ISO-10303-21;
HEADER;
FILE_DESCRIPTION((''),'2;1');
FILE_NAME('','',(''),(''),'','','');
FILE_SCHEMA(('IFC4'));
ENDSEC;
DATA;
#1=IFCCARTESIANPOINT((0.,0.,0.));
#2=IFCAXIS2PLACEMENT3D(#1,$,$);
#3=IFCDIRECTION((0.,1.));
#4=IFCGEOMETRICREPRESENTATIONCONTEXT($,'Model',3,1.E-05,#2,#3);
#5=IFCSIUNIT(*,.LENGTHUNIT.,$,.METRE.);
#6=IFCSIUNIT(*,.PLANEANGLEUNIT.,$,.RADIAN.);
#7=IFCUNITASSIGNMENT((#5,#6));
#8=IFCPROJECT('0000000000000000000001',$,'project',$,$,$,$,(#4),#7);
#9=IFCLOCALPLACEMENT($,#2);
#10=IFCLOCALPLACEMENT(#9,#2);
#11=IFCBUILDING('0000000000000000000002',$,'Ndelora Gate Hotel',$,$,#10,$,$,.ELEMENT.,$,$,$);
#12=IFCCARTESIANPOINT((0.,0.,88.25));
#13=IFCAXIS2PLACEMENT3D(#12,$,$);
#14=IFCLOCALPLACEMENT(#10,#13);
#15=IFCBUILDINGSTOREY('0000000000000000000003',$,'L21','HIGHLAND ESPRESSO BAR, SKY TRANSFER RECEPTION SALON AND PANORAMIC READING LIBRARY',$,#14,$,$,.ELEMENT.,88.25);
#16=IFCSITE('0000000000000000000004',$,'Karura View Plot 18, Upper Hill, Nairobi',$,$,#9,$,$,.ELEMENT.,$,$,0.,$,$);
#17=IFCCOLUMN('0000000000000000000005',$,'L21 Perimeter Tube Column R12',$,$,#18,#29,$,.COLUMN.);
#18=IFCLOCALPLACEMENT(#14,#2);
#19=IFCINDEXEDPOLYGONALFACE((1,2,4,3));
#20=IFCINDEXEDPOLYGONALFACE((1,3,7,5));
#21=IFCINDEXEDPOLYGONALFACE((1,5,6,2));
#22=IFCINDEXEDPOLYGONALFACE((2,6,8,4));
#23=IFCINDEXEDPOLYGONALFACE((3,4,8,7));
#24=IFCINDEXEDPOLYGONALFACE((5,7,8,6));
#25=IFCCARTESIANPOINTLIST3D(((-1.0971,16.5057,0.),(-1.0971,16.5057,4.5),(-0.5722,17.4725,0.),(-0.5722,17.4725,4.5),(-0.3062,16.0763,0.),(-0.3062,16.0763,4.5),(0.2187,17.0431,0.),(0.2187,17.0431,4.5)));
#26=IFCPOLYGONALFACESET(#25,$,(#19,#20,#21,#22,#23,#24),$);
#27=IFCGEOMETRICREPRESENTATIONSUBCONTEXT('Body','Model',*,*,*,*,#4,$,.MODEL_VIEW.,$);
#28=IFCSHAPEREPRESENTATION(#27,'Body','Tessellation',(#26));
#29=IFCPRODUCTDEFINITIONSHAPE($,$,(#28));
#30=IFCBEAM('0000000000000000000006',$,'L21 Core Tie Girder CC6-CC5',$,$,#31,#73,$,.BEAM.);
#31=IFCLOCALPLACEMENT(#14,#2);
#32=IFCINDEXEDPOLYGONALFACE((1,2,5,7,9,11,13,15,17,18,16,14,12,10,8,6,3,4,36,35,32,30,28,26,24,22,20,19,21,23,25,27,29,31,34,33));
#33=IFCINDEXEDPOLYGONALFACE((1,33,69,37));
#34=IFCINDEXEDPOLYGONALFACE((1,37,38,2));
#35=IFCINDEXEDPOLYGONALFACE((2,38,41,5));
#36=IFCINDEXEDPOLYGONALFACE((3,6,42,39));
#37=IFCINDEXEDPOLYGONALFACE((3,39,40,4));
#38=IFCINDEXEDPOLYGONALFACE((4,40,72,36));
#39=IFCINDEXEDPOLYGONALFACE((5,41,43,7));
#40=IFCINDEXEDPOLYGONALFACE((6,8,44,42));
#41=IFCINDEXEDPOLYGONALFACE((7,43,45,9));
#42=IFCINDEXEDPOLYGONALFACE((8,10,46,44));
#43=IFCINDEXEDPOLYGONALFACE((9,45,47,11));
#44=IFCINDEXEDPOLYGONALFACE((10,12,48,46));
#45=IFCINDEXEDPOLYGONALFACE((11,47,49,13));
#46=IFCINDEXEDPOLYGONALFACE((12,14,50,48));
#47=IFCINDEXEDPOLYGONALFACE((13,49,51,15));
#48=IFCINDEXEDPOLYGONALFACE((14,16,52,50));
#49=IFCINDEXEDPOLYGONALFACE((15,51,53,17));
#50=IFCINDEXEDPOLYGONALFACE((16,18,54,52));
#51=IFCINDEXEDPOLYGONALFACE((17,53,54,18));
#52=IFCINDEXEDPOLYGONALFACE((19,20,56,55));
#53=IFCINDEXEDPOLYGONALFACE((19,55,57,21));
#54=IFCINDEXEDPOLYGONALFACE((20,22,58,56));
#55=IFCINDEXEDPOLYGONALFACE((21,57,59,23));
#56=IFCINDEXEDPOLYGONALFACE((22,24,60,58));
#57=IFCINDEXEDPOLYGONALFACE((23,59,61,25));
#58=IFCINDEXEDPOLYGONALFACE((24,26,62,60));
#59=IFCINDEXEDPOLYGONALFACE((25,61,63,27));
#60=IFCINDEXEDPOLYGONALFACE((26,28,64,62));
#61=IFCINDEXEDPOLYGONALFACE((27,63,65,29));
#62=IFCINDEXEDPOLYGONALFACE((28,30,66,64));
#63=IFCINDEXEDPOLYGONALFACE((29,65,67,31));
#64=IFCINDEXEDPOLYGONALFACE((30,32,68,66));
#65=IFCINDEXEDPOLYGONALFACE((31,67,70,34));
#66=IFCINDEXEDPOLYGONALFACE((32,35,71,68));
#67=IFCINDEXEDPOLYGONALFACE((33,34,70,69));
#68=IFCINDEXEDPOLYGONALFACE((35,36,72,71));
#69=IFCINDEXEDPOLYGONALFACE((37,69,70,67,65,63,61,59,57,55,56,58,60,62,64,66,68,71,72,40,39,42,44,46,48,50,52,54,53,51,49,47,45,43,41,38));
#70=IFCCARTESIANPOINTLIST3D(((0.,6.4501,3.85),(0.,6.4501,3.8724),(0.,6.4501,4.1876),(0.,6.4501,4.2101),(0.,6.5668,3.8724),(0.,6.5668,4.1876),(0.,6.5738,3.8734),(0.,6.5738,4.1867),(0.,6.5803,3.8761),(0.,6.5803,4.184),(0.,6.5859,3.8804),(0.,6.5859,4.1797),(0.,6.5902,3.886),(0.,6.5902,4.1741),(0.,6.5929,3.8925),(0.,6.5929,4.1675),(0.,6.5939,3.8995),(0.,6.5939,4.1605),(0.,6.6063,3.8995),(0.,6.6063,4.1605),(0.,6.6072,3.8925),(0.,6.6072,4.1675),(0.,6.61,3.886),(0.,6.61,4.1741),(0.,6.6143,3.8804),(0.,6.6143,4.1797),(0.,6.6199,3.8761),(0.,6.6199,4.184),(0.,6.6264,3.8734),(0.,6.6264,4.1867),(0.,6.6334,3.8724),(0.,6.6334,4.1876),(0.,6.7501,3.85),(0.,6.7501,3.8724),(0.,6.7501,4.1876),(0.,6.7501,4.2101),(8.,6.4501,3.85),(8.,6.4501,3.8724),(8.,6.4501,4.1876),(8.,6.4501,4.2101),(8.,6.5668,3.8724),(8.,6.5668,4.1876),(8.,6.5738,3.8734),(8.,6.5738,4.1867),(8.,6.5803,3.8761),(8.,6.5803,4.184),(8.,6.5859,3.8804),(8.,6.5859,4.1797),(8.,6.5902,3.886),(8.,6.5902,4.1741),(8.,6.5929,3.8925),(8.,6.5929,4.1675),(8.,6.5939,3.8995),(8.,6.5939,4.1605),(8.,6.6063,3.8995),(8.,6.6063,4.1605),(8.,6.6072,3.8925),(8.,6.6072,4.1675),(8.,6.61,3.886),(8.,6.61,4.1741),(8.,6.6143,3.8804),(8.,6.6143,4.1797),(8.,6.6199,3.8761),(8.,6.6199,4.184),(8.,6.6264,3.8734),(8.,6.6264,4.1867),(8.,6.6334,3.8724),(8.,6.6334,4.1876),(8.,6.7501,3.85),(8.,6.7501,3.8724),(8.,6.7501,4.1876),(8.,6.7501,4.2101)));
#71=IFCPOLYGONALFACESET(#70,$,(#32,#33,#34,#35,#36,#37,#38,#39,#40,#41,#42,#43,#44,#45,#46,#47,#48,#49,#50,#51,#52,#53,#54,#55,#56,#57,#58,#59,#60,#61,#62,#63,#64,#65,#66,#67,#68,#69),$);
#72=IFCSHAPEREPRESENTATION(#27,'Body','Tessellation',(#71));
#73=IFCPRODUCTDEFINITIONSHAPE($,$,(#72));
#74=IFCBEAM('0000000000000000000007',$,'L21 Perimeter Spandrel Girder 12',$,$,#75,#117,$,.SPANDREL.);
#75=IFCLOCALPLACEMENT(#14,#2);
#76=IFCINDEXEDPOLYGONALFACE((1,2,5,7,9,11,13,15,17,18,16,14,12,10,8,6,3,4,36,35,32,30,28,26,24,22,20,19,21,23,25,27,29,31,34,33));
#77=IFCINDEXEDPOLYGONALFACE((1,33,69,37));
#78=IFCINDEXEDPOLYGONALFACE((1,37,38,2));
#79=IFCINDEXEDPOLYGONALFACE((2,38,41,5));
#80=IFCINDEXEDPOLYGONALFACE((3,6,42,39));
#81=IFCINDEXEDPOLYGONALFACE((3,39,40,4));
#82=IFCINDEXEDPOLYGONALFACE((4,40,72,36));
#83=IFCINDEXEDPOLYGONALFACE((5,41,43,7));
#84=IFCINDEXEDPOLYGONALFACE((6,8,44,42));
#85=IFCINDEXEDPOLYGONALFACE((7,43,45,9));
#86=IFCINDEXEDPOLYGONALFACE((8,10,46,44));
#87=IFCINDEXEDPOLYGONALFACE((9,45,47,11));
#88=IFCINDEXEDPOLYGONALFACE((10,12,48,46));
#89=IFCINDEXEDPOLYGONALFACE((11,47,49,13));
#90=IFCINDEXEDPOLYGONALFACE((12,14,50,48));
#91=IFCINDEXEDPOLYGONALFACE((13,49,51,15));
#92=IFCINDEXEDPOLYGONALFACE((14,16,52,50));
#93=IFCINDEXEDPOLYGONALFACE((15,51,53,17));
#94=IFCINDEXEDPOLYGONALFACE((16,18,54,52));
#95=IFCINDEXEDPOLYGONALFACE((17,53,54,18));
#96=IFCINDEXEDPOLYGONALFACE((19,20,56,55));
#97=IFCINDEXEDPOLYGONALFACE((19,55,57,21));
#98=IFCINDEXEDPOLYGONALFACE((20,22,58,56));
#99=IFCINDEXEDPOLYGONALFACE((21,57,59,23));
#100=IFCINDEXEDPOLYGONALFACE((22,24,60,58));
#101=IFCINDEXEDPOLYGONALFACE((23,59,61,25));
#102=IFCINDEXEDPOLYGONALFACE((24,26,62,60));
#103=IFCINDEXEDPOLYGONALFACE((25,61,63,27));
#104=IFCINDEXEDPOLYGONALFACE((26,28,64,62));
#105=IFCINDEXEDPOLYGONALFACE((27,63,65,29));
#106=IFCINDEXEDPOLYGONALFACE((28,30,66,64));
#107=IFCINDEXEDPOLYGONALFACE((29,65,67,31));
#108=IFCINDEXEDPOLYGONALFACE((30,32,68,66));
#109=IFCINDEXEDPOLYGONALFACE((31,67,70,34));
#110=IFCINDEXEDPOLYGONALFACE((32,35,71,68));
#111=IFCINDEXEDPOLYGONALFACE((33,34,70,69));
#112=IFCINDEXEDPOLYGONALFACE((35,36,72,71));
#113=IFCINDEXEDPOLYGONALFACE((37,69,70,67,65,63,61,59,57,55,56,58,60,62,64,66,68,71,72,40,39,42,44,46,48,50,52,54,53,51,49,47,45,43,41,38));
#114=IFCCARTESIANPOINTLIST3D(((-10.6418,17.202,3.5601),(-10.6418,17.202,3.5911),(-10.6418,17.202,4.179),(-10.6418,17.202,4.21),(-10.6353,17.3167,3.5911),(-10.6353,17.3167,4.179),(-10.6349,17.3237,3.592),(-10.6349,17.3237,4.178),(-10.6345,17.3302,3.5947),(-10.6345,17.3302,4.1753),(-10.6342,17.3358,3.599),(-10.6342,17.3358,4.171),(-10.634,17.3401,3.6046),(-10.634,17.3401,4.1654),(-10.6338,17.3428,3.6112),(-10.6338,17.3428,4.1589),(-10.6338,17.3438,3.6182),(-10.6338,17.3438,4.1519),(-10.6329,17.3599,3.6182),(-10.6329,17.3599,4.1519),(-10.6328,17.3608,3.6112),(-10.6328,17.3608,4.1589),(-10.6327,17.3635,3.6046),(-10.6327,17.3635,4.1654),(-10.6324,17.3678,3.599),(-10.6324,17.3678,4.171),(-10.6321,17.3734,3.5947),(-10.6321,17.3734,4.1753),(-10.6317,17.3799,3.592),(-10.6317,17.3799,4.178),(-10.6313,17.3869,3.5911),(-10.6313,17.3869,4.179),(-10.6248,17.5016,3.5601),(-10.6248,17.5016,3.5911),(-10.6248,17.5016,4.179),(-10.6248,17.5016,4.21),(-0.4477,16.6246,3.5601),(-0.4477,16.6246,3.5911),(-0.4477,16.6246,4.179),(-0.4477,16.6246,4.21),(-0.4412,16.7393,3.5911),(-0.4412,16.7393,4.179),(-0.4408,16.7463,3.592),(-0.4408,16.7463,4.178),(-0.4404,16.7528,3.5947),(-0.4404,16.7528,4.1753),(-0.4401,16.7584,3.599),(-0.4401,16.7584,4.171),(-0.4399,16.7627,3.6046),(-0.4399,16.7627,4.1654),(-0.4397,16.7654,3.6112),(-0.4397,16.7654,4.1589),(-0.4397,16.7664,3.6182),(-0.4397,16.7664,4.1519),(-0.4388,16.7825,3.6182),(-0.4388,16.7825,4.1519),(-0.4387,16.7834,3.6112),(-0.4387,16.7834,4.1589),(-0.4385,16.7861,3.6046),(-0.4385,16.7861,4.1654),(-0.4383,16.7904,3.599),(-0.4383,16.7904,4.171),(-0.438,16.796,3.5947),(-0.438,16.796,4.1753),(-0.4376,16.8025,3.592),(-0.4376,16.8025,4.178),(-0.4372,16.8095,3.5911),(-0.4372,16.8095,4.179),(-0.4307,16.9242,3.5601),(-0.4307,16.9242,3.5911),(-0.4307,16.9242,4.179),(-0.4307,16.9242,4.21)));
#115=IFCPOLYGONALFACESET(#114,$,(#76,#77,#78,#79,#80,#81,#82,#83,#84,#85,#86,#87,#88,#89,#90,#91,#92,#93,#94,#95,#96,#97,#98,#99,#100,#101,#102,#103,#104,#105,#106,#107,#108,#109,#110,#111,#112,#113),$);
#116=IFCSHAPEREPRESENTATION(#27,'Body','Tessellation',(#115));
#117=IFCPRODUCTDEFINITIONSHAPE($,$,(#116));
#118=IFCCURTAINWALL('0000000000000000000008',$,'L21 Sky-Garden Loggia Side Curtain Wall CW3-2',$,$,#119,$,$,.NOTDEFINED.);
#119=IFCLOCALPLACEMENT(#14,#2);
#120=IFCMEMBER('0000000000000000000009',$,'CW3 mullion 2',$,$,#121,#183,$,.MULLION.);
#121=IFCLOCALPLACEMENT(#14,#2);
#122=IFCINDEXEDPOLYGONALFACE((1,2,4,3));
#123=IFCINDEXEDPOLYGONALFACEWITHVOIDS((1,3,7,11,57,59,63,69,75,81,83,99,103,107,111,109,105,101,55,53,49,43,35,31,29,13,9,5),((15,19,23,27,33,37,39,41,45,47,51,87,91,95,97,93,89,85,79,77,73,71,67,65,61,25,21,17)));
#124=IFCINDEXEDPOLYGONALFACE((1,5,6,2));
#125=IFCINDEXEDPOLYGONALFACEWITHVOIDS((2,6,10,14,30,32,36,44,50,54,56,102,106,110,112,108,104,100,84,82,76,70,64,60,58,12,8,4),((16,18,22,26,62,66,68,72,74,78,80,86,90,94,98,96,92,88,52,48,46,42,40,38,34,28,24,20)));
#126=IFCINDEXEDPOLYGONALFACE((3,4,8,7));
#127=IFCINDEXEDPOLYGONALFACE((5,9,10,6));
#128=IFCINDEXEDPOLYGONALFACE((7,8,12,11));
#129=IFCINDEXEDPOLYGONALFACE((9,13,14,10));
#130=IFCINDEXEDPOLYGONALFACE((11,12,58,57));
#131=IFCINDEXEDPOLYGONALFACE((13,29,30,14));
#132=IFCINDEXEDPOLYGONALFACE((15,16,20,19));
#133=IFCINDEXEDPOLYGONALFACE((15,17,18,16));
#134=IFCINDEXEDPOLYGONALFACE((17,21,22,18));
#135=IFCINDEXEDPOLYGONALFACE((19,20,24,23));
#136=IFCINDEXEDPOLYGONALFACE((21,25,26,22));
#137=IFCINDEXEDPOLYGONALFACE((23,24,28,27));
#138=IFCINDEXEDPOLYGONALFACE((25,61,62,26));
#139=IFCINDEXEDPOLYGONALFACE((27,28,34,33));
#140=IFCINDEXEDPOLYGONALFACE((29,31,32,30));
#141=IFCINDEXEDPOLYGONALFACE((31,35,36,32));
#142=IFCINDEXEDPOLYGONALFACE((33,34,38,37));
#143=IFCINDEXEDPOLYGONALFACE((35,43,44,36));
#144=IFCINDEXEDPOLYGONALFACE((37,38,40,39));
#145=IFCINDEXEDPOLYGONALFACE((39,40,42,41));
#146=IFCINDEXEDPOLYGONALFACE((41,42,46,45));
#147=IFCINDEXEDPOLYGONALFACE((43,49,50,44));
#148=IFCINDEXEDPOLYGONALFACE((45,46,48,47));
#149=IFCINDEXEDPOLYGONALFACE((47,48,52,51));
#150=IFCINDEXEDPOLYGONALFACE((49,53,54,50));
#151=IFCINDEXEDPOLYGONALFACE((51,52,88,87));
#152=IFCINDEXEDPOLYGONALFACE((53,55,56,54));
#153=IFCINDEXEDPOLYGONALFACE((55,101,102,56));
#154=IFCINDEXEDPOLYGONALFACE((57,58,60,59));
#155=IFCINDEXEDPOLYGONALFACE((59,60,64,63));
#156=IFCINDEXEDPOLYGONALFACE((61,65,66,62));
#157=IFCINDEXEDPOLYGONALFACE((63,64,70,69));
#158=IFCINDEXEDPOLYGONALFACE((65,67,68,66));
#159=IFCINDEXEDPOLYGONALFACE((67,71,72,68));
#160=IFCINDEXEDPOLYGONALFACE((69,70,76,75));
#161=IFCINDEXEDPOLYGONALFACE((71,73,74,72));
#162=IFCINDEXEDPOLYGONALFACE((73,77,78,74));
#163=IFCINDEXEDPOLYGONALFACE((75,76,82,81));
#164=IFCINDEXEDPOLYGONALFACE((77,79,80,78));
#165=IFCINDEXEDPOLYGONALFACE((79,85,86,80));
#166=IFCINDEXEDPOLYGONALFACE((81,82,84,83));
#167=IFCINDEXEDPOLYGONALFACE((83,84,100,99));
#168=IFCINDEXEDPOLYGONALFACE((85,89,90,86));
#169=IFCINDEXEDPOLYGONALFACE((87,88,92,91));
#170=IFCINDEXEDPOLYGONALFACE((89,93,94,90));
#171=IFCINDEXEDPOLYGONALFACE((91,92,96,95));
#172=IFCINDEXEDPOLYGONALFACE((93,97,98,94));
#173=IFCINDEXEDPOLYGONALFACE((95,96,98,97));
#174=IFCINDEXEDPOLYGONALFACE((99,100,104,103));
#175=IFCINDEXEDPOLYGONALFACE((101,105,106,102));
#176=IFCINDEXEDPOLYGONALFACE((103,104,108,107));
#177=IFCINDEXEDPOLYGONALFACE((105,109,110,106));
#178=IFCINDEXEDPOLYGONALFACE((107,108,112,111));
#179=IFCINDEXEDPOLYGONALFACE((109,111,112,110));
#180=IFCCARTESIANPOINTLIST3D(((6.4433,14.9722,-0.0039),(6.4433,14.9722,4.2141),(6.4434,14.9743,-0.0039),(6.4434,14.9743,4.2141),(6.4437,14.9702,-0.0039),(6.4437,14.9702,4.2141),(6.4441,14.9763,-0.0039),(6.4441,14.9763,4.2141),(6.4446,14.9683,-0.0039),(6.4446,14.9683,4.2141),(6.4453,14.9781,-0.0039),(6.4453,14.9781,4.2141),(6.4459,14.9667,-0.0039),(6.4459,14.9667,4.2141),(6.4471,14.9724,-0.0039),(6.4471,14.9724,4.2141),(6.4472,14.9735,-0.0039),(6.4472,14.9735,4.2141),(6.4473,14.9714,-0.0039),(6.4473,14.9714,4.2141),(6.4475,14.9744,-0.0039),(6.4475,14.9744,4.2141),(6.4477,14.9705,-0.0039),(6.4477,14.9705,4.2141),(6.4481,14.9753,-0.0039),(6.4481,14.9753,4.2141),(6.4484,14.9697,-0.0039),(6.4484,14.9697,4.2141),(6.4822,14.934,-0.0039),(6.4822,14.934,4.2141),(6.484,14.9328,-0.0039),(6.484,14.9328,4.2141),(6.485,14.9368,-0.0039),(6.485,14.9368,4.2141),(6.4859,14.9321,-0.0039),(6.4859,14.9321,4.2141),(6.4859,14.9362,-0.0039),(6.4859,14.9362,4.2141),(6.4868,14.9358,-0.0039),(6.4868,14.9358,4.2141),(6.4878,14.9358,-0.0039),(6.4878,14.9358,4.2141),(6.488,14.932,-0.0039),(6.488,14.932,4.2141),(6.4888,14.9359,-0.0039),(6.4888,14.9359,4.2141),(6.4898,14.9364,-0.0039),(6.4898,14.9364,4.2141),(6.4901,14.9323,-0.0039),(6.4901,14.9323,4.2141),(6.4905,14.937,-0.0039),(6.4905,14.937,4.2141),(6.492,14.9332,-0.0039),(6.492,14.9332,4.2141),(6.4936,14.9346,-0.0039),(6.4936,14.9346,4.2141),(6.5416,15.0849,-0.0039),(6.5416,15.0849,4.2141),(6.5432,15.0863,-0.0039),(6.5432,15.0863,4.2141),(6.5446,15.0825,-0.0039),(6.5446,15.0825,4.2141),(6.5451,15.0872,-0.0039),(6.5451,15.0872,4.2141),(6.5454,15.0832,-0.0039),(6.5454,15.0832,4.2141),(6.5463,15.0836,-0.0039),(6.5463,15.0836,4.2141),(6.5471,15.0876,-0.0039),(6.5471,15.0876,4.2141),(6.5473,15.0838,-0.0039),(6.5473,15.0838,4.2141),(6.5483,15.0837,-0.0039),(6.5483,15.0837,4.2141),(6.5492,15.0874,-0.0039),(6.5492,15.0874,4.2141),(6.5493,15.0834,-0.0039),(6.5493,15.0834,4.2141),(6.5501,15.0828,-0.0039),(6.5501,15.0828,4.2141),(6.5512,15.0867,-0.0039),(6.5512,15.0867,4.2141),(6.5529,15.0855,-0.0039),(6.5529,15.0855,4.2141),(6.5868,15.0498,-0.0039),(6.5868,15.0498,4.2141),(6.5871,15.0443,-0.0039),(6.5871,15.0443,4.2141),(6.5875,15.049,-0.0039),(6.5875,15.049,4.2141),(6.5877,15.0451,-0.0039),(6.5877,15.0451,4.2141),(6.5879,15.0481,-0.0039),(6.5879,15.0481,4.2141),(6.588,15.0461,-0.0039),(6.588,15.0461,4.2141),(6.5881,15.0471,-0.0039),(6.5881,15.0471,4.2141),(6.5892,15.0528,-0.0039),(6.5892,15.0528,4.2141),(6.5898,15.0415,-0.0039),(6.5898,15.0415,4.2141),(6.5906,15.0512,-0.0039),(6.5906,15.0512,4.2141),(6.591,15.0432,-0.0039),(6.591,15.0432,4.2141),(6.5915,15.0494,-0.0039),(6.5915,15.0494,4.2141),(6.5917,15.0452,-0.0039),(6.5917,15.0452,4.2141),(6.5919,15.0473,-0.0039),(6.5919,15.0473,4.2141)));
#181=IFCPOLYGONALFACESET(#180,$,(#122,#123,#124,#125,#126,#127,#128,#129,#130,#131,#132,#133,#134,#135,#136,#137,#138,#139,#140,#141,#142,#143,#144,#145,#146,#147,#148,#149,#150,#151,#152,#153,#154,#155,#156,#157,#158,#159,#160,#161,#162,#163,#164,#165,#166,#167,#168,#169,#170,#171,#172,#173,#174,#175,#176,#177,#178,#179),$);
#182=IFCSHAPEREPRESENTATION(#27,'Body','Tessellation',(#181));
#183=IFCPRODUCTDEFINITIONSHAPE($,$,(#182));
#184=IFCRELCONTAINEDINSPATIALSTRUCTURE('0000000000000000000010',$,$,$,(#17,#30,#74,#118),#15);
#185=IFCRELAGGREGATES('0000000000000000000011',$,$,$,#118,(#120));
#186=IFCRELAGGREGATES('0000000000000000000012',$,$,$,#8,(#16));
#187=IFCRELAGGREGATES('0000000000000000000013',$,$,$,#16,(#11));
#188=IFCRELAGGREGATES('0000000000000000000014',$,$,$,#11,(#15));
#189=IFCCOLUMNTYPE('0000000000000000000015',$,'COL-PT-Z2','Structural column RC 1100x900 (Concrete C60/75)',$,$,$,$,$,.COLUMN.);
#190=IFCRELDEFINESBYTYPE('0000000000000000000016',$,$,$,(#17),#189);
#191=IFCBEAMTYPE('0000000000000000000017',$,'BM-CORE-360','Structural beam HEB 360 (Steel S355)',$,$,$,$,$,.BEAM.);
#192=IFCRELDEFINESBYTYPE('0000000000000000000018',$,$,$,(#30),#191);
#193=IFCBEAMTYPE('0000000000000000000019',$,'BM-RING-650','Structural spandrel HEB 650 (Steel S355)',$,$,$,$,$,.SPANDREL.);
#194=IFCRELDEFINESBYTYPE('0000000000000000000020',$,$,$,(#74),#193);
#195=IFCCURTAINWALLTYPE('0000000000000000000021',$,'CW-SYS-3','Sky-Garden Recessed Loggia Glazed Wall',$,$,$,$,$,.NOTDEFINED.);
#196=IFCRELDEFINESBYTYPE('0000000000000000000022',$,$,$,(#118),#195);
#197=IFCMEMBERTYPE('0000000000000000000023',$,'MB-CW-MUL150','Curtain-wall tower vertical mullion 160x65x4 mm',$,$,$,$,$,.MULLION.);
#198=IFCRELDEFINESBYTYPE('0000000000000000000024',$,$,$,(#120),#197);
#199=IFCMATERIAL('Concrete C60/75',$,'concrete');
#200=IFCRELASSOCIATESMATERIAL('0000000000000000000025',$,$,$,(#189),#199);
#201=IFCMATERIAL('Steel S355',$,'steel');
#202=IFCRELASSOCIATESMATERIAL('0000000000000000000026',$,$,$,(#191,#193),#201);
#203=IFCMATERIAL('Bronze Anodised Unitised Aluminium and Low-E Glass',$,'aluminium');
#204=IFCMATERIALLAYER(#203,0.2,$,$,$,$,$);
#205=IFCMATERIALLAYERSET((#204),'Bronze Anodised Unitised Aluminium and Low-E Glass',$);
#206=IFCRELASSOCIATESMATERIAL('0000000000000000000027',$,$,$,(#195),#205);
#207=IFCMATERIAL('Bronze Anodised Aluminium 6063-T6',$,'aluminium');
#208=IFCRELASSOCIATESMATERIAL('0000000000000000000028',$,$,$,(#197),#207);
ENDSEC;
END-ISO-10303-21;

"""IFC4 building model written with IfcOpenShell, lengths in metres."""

from ifc_helpers import new_model, si_unit, direction, frame, origin, origin_2d, place, context, subcontext, project, spatial, rectangle, hollow_rectangle, i_section, extrude, material, layer, layer_set, material_profile, profile_set, type_object, element, aggregate, save


model = new_model("IFC4")

# Units and contexts
model_context = context("Model", 3, precision=1e-05, world=origin(), true_north=direction((0.0, 1.0)))
body_context = subcontext(model_context, "Body", "Model", "MODEL_VIEW")
ifc_project = project(units=[si_unit("LENGTHUNIT", "METRE"), si_unit("PLANEANGLEUNIT", "RADIAN")], contexts=[model_context])

# Site, building, storey
site_placement = place(None, origin())
site = spatial("IfcSite", under=ifc_project, at=site_placement, Name="Karura View Plot 18, Upper Hill, Nairobi", CompositionType="ELEMENT", RefElevation=0.0)
building_placement = place(site_placement, origin())
building = spatial("IfcBuilding", under=site, at=building_placement, Name="Ndelora Gate Hotel", CompositionType="ELEMENT")
storey_placement = place(building_placement, frame((0.0, 0.0, 88.25)))
storey = spatial("IfcBuildingStorey", under=building, at=storey_placement, Name="L21", Description="HIGHLAND ESPRESSO BAR, SKY TRANSFER RECEPTION SALON AND PANORAMIC READING LIBRARY", CompositionType="ELEMENT", Elevation=88.25)

# Column
ifc_material_1 = material(Name="Concrete C60/75", Category="concrete")
ifc_material_profile_1 = material_profile(ifc_material_1, rectangle(XDim=0.8999, YDim=1.1001, at=origin_2d()), Name="RC 1100x900")
ifc_profile_set_1 = profile_set([ifc_material_profile_1], Name="Concrete C60/75")
column_type = type_object("IfcColumnType", Name="COL-PT-Z2", Description="Structural column RC 1100x900 (Concrete C60/75)", PredefinedType="COLUMN", material=ifc_profile_set_1)
column_placement = place(storey_placement, frame((-0.4392, 16.7744, 0.0), z_axis=(0.0, 0.0, 1.0), x_axis=(-0.878817, 0.477159, 0.0)))
element("IfcColumn", 1, at=column_placement, inside=storey, type_object=column_type, Name="L21 Perimeter Tube Column R12", PredefinedType="COLUMN", context=body_context, shape_type="SweptSolid", body=[
    extrude(rectangle(XDim=0.8999, YDim=1.1001, at=origin_2d()), origin(), (0.0, 0.0, 1.0), 4.5),
])

# Beams
ifc_material_2 = material(Name="Steel S355", Category="steel")
ifc_material_profile_2 = material_profile(ifc_material_2, i_section(OverallWidth=0.3, OverallDepth=0.3601, WebThickness=0.0125, FlangeThickness=0.0225, FilletRadius=0.0271, at=origin_2d()), Name="HEB 360")
ifc_profile_set_2 = profile_set([ifc_material_profile_2], Name="Steel S355")
beam_type_1 = type_object("IfcBeamType", Name="BM-CORE-360", Description="Structural beam HEB 360 (Steel S355)", PredefinedType="BEAM", material=ifc_profile_set_2)
beam_1_placement = place(storey_placement, frame((0.0, 6.6001, 4.03), z_axis=(1.0, 0.0, 0.0), x_axis=(0.0, 1.0, 0.0)))
element("IfcBeam", 2, at=beam_1_placement, inside=storey, type_object=beam_type_1, Name="L21 Core Tie Girder CC6-CC5", PredefinedType="BEAM", context=body_context, shape_type="SweptSolid", body=[
    extrude(i_section(OverallWidth=0.3, OverallDepth=0.3601, WebThickness=0.0125, FlangeThickness=0.0225, FilletRadius=0.0271, at=origin_2d()), origin(), (0.0, 0.0, 1.0), 8.0),
])
ifc_material_profile_3 = material_profile(ifc_material_2, i_section(OverallWidth=0.3, OverallDepth=0.6499, WebThickness=0.0161, FlangeThickness=0.031, FilletRadius=0.0271, at=origin_2d()), Name="HEB 650")
ifc_profile_set_3 = profile_set([ifc_material_profile_3], Name="Steel S355")
beam_type_2 = type_object("IfcBeamType", Name="BM-RING-650", Description="Structural spandrel HEB 650 (Steel S355)", PredefinedType="SPANDREL", material=ifc_profile_set_3)
beam_2_placement = place(storey_placement, frame((-0.4392, 16.7744, 3.885), z_axis=(-0.9984, 0.056549, 0.0), x_axis=(-0.056549, -0.9984, 0.0)))
element("IfcBeam", 3, at=beam_2_placement, inside=storey, type_object=beam_type_2, Name="L21 Perimeter Spandrel Girder 12", PredefinedType="SPANDREL", context=body_context, shape_type="SweptSolid", body=[
    extrude(i_section(OverallWidth=0.3, OverallDepth=0.6499, WebThickness=0.0161, FlangeThickness=0.031, FilletRadius=0.0271, at=origin_2d()), origin(), (0.0, 0.0, 1.0), 10.2104),
])

# Curtain wall, member
ifc_material_3 = material(Name="Bronze Anodised Unitised Aluminium and Low-E Glass", Category="aluminium")
ifc_layer_1 = layer(ifc_material_3, 0.2)
ifc_layer_set_1 = layer_set([ifc_layer_1], Name="Bronze Anodised Unitised Aluminium and Low-E Glass")
curtain_wall_type = type_object("IfcCurtainWallType", Name="CW-SYS-3", Description="Sky-Garden Recessed Loggia Glazed Wall", PredefinedType="NOTDEFINED", material=ifc_layer_set_1)
curtain_wall_placement = place(storey_placement, origin())
curtain_wall = element("IfcCurtainWall", 4, at=curtain_wall_placement, inside=storey, type_object=curtain_wall_type, Name="L21 Sky-Garden Loggia Side Curtain Wall CW3-2", PredefinedType="NOTDEFINED")
ifc_material_4 = material(Name="Bronze Anodised Aluminium 6063-T6", Category="aluminium")
ifc_material_profile_4 = material_profile(ifc_material_4, hollow_rectangle(XDim=0.0649, YDim=0.1599, WallThickness=0.0039, InnerFilletRadius=0.0039, OuterFilletRadius=0.0081, at=origin_2d()), Name="ALU 160x65x4")
ifc_profile_set_4 = profile_set([ifc_material_profile_4], Name="Bronze Anodised Aluminium 6063-T6")
member_type_1 = type_object("IfcMemberType", Name="MB-CW-MUL150", Description="Curtain-wall tower vertical mullion 160x65x4 mm", PredefinedType="MULLION", material=ifc_profile_set_4)
member_1_placement = place(storey_placement, frame((6.5176, 15.0098, -0.0039), z_axis=(0.0, 0.0, 1.0), x_axis=(0.743138, -0.669138, 0.0)))
member_1 = element("IfcMember", 5, at=member_1_placement, type_object=member_type_1, Name="CW3 mullion 2", PredefinedType="MULLION", context=body_context, shape_type="SweptSolid", body=[
    extrude(hollow_rectangle(XDim=0.0649, YDim=0.1599, WallThickness=0.0039, InnerFilletRadius=0.0039, OuterFilletRadius=0.0081, at=origin_2d()), origin(), (0.0, 0.0, 1.0), 4.218),
])
aggregate(curtain_wall, [member_1])

save(model, "model.ifc")
